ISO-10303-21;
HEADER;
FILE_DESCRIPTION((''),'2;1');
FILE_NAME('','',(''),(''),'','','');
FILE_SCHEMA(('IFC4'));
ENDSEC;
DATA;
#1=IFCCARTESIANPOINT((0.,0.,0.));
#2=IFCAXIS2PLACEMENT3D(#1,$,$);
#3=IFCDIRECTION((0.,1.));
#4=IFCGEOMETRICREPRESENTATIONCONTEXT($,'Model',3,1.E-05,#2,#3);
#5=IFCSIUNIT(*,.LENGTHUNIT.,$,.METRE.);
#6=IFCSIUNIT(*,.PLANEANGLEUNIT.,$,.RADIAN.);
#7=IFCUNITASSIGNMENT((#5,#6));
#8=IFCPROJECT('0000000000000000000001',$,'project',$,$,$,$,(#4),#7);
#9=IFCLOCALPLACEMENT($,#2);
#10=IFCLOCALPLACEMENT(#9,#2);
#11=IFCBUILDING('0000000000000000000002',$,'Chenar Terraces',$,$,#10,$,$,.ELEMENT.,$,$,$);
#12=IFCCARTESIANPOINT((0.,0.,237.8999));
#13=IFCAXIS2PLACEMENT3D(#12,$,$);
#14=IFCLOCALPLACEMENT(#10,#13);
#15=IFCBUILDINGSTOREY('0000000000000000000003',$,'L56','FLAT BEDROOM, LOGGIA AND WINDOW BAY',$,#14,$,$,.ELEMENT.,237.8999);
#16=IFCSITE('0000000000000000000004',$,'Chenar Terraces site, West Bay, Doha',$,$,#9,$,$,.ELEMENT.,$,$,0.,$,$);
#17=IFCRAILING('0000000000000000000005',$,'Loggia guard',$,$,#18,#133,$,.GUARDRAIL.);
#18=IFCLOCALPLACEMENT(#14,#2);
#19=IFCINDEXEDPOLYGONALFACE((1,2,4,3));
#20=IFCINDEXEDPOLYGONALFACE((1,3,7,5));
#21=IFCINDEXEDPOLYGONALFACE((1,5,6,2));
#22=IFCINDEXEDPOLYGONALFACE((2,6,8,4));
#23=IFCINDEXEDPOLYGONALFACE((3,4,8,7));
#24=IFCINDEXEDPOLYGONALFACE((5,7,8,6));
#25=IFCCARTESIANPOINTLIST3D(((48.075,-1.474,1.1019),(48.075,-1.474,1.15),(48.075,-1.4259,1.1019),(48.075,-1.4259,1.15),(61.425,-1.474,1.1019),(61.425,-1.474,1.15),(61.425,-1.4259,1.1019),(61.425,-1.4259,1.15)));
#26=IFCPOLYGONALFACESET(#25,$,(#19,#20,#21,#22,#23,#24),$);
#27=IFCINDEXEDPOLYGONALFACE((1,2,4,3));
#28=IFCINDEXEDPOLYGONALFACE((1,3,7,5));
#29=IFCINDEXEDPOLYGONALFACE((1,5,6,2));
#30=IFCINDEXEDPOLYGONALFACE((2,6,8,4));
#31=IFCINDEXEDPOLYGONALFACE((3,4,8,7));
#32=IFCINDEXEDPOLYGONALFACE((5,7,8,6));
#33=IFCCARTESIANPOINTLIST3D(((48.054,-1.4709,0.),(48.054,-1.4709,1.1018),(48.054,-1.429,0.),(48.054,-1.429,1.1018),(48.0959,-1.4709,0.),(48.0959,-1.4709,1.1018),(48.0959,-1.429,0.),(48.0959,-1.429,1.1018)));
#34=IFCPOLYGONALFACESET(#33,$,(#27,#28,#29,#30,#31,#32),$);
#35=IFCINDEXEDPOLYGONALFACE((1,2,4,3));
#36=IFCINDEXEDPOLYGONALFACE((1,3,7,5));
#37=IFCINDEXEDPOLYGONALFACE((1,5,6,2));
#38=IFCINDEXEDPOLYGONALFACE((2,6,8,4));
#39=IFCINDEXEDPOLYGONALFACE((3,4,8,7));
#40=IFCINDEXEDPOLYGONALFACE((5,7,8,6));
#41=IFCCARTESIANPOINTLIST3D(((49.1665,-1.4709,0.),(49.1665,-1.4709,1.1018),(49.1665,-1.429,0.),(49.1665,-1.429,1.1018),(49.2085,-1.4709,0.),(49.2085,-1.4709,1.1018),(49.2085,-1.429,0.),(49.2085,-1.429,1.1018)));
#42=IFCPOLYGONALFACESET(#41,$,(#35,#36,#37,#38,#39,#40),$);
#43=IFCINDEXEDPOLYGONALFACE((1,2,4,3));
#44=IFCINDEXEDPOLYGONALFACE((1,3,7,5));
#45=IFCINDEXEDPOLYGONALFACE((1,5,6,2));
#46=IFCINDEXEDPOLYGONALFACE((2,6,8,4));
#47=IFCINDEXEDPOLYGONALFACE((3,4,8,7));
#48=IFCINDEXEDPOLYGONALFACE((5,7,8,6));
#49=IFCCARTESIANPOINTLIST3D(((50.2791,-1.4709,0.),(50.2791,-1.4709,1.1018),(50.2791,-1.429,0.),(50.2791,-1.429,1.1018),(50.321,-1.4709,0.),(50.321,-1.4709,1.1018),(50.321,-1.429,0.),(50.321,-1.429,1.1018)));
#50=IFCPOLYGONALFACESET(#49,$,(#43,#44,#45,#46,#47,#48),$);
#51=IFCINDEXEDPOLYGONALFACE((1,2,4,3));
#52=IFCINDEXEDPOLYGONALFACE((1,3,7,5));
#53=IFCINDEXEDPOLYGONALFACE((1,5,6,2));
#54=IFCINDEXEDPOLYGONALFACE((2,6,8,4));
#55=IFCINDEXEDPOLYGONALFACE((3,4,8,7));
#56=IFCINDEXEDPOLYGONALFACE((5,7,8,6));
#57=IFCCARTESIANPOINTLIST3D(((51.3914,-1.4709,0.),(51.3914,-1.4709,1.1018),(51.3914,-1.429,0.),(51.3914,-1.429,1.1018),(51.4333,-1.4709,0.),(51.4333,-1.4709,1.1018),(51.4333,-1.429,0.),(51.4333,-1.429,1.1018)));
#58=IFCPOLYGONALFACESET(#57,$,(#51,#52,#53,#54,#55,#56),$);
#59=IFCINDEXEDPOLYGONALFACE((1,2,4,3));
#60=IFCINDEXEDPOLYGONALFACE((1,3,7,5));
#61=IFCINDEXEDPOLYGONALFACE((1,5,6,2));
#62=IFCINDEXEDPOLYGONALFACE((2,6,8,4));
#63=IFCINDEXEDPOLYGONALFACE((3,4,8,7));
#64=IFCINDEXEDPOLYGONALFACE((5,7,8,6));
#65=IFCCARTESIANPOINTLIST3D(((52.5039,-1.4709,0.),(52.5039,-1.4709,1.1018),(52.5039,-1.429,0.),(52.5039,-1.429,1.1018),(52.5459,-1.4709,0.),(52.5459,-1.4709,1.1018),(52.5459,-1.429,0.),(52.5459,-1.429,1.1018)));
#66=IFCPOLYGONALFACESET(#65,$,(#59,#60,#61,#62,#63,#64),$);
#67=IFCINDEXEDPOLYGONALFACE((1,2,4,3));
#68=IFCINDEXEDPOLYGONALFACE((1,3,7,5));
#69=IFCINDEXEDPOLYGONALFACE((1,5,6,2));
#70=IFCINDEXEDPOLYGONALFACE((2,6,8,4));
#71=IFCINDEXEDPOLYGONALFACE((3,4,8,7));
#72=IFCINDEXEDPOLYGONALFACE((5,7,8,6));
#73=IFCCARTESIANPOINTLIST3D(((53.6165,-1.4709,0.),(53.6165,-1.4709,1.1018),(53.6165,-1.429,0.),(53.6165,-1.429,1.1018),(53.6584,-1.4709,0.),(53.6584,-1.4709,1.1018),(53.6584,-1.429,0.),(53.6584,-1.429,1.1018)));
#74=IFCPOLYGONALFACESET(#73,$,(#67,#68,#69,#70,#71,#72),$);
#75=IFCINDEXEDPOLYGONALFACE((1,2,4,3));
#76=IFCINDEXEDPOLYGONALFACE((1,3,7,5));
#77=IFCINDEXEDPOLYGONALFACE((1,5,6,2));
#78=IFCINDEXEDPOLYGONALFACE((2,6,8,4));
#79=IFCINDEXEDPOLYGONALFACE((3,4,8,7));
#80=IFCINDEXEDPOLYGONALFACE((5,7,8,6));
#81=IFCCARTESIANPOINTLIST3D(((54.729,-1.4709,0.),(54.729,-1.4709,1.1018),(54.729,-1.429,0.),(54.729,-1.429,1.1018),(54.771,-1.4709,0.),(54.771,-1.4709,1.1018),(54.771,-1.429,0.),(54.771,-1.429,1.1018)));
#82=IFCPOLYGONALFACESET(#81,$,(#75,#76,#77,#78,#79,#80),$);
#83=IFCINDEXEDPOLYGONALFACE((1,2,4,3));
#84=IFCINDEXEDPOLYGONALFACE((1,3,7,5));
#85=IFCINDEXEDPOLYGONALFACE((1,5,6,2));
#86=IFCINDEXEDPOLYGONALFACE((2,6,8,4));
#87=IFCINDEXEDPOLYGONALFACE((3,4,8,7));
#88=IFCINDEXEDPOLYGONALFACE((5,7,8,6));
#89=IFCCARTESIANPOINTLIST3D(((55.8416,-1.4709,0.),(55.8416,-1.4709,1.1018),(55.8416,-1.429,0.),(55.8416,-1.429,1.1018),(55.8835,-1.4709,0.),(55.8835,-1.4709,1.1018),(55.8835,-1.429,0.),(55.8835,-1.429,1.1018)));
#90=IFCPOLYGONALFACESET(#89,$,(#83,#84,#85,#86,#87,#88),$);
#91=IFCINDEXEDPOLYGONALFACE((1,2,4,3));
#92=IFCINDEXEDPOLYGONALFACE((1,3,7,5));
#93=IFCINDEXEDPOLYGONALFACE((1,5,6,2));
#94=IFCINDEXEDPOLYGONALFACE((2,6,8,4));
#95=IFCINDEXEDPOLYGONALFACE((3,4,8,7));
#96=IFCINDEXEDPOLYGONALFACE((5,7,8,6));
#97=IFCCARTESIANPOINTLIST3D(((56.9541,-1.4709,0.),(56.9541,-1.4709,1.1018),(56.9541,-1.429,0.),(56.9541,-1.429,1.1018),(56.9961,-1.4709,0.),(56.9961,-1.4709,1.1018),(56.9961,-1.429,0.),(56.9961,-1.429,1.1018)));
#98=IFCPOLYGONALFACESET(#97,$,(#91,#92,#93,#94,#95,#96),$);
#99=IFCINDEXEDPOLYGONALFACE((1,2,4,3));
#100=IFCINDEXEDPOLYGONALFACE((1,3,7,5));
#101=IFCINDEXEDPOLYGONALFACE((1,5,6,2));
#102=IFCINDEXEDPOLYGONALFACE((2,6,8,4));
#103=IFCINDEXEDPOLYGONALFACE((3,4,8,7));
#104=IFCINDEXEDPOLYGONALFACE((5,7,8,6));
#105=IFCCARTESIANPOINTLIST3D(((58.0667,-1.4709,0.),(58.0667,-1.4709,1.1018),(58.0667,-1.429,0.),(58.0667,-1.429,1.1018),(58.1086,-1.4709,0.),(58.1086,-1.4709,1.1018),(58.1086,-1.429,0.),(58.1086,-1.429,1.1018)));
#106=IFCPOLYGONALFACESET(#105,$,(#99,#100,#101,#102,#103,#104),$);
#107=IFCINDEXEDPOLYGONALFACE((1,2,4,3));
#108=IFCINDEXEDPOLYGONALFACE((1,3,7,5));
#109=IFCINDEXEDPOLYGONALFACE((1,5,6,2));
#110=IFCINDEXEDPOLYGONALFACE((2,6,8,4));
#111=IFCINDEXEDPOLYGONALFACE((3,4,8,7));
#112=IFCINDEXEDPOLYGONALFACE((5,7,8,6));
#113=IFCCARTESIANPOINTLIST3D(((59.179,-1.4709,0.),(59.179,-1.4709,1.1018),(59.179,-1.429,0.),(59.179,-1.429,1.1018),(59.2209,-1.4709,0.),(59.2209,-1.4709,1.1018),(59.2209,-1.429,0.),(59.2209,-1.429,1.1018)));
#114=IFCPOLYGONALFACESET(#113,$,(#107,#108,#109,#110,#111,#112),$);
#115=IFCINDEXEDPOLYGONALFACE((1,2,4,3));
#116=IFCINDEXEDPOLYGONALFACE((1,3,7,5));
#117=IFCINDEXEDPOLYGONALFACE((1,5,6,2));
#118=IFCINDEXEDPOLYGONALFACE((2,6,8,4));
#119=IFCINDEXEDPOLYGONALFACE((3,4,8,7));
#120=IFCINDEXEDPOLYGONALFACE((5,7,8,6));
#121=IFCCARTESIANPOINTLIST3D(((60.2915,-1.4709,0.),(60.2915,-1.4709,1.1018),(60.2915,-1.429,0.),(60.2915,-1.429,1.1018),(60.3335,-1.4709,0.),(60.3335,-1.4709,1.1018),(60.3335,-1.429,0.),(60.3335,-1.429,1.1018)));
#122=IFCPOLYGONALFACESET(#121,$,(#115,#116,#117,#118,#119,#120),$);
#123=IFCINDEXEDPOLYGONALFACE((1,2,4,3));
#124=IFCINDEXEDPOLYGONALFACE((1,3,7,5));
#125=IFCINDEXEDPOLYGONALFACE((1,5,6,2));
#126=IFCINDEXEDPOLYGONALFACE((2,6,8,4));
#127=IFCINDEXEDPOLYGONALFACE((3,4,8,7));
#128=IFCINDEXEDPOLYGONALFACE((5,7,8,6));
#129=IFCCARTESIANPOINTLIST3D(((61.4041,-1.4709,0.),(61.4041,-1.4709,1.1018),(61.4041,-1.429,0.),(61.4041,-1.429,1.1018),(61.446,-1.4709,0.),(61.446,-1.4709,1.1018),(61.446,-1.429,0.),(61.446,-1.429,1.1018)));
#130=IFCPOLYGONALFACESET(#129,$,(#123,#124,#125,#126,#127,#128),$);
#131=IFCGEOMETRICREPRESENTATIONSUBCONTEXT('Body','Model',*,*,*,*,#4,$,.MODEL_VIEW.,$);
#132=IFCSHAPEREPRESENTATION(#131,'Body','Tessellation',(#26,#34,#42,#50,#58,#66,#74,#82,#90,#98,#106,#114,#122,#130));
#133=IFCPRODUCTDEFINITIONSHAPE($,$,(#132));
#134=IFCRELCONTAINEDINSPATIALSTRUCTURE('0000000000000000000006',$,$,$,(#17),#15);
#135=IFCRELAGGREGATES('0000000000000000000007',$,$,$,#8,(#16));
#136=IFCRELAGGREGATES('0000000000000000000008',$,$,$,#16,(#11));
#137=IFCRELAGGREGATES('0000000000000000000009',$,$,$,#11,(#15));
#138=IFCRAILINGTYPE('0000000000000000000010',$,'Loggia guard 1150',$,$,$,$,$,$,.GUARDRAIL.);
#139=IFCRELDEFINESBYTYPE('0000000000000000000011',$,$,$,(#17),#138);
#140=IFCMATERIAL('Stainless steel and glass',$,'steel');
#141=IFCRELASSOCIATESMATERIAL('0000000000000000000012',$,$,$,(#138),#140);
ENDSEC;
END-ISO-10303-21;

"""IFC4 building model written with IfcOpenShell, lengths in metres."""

from ifc_helpers import new_model, si_unit, direction, frame, origin, origin_2d, place, context, subcontext, project, spatial, rectangle, extrude, material, type_object, element, save


model = new_model("IFC4")

# Units and contexts
model_context = context("Model", 3, precision=1e-05, world=origin(), true_north=direction((0.0, 1.0)))
body_context = subcontext(model_context, "Body", "Model", "MODEL_VIEW")
ifc_project = project(units=[si_unit("LENGTHUNIT", "METRE"), si_unit("PLANEANGLEUNIT", "RADIAN")], contexts=[model_context])

# Site, building, storey
site_placement = place(None, origin())
site = spatial("IfcSite", under=ifc_project, at=site_placement, Name="Chenar Terraces site, West Bay, Doha", CompositionType="ELEMENT", RefElevation=0.0)
building_placement = place(site_placement, origin())
building = spatial("IfcBuilding", under=site, at=building_placement, Name="Chenar Terraces", CompositionType="ELEMENT")
storey_placement = place(building_placement, frame((0.0, 0.0, 237.8999)))
storey = spatial("IfcBuildingStorey", under=building, at=storey_placement, Name="L56", Description="FLAT BEDROOM, LOGGIA AND WINDOW BAY", CompositionType="ELEMENT", Elevation=237.8999)

# Railing
ifc_material_1 = material(Name="Stainless steel and glass", Category="steel")
railing_type = type_object("IfcRailingType", Name="Loggia guard 1150", PredefinedType="GUARDRAIL", material=ifc_material_1)
railing_placement = place(storey_placement, frame((48.075, -1.45, 0.0)))
element("IfcRailing", 1, at=railing_placement, inside=storey, type_object=railing_type, Name="Loggia guard", PredefinedType="GUARDRAIL", context=body_context, shape_type="SweptSolid", body=[
    extrude(rectangle(XDim=0.0481, YDim=0.0481, at=origin_2d()), frame((0.0, 0.0, 1.126), z_axis=(1.0, 0.0, 0.0), x_axis=(0.0, 1.0, 0.0)), (0.0, 0.0, 1.0), 13.3501),
    extrude(rectangle(XDim=0.042, YDim=0.042, at=origin_2d()), origin(), (0.0, 0.0, 1.0), 1.1018),
    extrude(rectangle(XDim=0.042, YDim=0.042, at=origin_2d()), frame((1.1125, 0.0, 0.0)), (0.0, 0.0, 1.0), 1.1018),
    extrude(rectangle(XDim=0.042, YDim=0.042, at=origin_2d()), frame((2.2251, 0.0, 0.0)), (0.0, 0.0, 1.0), 1.1018),
    extrude(rectangle(XDim=0.042, YDim=0.042, at=origin_2d()), frame((3.3374, 0.0, 0.0)), (0.0, 0.0, 1.0), 1.1018),
    extrude(rectangle(XDim=0.042, YDim=0.042, at=origin_2d()), frame((4.45, 0.0, 0.0)), (0.0, 0.0, 1.0), 1.1018),
    extrude(rectangle(XDim=0.042, YDim=0.042, at=origin_2d()), frame((5.5625, 0.0, 0.0)), (0.0, 0.0, 1.0), 1.1018),
    extrude(rectangle(XDim=0.042, YDim=0.042, at=origin_2d()), frame((6.675, 0.0, 0.0)), (0.0, 0.0, 1.0), 1.1018),
    extrude(rectangle(XDim=0.042, YDim=0.042, at=origin_2d()), frame((7.7876, 0.0, 0.0)), (0.0, 0.0, 1.0), 1.1018),
    extrude(rectangle(XDim=0.042, YDim=0.042, at=origin_2d()), frame((8.9001, 0.0, 0.0)), (0.0, 0.0, 1.0), 1.1018),
    extrude(rectangle(XDim=0.042, YDim=0.042, at=origin_2d()), frame((10.0127, 0.0, 0.0)), (0.0, 0.0, 1.0), 1.1018),
    extrude(rectangle(XDim=0.042, YDim=0.042, at=origin_2d()), frame((11.125, 0.0, 0.0)), (0.0, 0.0, 1.0), 1.1018),
    extrude(rectangle(XDim=0.042, YDim=0.042, at=origin_2d()), frame((12.2375, 0.0, 0.0)), (0.0, 0.0, 1.0), 1.1018),
    extrude(rectangle(XDim=0.042, YDim=0.042, at=origin_2d()), frame((13.3501, 0.0, 0.0)), (0.0, 0.0, 1.0), 1.1018),
])

save(model, "model.ifc")
